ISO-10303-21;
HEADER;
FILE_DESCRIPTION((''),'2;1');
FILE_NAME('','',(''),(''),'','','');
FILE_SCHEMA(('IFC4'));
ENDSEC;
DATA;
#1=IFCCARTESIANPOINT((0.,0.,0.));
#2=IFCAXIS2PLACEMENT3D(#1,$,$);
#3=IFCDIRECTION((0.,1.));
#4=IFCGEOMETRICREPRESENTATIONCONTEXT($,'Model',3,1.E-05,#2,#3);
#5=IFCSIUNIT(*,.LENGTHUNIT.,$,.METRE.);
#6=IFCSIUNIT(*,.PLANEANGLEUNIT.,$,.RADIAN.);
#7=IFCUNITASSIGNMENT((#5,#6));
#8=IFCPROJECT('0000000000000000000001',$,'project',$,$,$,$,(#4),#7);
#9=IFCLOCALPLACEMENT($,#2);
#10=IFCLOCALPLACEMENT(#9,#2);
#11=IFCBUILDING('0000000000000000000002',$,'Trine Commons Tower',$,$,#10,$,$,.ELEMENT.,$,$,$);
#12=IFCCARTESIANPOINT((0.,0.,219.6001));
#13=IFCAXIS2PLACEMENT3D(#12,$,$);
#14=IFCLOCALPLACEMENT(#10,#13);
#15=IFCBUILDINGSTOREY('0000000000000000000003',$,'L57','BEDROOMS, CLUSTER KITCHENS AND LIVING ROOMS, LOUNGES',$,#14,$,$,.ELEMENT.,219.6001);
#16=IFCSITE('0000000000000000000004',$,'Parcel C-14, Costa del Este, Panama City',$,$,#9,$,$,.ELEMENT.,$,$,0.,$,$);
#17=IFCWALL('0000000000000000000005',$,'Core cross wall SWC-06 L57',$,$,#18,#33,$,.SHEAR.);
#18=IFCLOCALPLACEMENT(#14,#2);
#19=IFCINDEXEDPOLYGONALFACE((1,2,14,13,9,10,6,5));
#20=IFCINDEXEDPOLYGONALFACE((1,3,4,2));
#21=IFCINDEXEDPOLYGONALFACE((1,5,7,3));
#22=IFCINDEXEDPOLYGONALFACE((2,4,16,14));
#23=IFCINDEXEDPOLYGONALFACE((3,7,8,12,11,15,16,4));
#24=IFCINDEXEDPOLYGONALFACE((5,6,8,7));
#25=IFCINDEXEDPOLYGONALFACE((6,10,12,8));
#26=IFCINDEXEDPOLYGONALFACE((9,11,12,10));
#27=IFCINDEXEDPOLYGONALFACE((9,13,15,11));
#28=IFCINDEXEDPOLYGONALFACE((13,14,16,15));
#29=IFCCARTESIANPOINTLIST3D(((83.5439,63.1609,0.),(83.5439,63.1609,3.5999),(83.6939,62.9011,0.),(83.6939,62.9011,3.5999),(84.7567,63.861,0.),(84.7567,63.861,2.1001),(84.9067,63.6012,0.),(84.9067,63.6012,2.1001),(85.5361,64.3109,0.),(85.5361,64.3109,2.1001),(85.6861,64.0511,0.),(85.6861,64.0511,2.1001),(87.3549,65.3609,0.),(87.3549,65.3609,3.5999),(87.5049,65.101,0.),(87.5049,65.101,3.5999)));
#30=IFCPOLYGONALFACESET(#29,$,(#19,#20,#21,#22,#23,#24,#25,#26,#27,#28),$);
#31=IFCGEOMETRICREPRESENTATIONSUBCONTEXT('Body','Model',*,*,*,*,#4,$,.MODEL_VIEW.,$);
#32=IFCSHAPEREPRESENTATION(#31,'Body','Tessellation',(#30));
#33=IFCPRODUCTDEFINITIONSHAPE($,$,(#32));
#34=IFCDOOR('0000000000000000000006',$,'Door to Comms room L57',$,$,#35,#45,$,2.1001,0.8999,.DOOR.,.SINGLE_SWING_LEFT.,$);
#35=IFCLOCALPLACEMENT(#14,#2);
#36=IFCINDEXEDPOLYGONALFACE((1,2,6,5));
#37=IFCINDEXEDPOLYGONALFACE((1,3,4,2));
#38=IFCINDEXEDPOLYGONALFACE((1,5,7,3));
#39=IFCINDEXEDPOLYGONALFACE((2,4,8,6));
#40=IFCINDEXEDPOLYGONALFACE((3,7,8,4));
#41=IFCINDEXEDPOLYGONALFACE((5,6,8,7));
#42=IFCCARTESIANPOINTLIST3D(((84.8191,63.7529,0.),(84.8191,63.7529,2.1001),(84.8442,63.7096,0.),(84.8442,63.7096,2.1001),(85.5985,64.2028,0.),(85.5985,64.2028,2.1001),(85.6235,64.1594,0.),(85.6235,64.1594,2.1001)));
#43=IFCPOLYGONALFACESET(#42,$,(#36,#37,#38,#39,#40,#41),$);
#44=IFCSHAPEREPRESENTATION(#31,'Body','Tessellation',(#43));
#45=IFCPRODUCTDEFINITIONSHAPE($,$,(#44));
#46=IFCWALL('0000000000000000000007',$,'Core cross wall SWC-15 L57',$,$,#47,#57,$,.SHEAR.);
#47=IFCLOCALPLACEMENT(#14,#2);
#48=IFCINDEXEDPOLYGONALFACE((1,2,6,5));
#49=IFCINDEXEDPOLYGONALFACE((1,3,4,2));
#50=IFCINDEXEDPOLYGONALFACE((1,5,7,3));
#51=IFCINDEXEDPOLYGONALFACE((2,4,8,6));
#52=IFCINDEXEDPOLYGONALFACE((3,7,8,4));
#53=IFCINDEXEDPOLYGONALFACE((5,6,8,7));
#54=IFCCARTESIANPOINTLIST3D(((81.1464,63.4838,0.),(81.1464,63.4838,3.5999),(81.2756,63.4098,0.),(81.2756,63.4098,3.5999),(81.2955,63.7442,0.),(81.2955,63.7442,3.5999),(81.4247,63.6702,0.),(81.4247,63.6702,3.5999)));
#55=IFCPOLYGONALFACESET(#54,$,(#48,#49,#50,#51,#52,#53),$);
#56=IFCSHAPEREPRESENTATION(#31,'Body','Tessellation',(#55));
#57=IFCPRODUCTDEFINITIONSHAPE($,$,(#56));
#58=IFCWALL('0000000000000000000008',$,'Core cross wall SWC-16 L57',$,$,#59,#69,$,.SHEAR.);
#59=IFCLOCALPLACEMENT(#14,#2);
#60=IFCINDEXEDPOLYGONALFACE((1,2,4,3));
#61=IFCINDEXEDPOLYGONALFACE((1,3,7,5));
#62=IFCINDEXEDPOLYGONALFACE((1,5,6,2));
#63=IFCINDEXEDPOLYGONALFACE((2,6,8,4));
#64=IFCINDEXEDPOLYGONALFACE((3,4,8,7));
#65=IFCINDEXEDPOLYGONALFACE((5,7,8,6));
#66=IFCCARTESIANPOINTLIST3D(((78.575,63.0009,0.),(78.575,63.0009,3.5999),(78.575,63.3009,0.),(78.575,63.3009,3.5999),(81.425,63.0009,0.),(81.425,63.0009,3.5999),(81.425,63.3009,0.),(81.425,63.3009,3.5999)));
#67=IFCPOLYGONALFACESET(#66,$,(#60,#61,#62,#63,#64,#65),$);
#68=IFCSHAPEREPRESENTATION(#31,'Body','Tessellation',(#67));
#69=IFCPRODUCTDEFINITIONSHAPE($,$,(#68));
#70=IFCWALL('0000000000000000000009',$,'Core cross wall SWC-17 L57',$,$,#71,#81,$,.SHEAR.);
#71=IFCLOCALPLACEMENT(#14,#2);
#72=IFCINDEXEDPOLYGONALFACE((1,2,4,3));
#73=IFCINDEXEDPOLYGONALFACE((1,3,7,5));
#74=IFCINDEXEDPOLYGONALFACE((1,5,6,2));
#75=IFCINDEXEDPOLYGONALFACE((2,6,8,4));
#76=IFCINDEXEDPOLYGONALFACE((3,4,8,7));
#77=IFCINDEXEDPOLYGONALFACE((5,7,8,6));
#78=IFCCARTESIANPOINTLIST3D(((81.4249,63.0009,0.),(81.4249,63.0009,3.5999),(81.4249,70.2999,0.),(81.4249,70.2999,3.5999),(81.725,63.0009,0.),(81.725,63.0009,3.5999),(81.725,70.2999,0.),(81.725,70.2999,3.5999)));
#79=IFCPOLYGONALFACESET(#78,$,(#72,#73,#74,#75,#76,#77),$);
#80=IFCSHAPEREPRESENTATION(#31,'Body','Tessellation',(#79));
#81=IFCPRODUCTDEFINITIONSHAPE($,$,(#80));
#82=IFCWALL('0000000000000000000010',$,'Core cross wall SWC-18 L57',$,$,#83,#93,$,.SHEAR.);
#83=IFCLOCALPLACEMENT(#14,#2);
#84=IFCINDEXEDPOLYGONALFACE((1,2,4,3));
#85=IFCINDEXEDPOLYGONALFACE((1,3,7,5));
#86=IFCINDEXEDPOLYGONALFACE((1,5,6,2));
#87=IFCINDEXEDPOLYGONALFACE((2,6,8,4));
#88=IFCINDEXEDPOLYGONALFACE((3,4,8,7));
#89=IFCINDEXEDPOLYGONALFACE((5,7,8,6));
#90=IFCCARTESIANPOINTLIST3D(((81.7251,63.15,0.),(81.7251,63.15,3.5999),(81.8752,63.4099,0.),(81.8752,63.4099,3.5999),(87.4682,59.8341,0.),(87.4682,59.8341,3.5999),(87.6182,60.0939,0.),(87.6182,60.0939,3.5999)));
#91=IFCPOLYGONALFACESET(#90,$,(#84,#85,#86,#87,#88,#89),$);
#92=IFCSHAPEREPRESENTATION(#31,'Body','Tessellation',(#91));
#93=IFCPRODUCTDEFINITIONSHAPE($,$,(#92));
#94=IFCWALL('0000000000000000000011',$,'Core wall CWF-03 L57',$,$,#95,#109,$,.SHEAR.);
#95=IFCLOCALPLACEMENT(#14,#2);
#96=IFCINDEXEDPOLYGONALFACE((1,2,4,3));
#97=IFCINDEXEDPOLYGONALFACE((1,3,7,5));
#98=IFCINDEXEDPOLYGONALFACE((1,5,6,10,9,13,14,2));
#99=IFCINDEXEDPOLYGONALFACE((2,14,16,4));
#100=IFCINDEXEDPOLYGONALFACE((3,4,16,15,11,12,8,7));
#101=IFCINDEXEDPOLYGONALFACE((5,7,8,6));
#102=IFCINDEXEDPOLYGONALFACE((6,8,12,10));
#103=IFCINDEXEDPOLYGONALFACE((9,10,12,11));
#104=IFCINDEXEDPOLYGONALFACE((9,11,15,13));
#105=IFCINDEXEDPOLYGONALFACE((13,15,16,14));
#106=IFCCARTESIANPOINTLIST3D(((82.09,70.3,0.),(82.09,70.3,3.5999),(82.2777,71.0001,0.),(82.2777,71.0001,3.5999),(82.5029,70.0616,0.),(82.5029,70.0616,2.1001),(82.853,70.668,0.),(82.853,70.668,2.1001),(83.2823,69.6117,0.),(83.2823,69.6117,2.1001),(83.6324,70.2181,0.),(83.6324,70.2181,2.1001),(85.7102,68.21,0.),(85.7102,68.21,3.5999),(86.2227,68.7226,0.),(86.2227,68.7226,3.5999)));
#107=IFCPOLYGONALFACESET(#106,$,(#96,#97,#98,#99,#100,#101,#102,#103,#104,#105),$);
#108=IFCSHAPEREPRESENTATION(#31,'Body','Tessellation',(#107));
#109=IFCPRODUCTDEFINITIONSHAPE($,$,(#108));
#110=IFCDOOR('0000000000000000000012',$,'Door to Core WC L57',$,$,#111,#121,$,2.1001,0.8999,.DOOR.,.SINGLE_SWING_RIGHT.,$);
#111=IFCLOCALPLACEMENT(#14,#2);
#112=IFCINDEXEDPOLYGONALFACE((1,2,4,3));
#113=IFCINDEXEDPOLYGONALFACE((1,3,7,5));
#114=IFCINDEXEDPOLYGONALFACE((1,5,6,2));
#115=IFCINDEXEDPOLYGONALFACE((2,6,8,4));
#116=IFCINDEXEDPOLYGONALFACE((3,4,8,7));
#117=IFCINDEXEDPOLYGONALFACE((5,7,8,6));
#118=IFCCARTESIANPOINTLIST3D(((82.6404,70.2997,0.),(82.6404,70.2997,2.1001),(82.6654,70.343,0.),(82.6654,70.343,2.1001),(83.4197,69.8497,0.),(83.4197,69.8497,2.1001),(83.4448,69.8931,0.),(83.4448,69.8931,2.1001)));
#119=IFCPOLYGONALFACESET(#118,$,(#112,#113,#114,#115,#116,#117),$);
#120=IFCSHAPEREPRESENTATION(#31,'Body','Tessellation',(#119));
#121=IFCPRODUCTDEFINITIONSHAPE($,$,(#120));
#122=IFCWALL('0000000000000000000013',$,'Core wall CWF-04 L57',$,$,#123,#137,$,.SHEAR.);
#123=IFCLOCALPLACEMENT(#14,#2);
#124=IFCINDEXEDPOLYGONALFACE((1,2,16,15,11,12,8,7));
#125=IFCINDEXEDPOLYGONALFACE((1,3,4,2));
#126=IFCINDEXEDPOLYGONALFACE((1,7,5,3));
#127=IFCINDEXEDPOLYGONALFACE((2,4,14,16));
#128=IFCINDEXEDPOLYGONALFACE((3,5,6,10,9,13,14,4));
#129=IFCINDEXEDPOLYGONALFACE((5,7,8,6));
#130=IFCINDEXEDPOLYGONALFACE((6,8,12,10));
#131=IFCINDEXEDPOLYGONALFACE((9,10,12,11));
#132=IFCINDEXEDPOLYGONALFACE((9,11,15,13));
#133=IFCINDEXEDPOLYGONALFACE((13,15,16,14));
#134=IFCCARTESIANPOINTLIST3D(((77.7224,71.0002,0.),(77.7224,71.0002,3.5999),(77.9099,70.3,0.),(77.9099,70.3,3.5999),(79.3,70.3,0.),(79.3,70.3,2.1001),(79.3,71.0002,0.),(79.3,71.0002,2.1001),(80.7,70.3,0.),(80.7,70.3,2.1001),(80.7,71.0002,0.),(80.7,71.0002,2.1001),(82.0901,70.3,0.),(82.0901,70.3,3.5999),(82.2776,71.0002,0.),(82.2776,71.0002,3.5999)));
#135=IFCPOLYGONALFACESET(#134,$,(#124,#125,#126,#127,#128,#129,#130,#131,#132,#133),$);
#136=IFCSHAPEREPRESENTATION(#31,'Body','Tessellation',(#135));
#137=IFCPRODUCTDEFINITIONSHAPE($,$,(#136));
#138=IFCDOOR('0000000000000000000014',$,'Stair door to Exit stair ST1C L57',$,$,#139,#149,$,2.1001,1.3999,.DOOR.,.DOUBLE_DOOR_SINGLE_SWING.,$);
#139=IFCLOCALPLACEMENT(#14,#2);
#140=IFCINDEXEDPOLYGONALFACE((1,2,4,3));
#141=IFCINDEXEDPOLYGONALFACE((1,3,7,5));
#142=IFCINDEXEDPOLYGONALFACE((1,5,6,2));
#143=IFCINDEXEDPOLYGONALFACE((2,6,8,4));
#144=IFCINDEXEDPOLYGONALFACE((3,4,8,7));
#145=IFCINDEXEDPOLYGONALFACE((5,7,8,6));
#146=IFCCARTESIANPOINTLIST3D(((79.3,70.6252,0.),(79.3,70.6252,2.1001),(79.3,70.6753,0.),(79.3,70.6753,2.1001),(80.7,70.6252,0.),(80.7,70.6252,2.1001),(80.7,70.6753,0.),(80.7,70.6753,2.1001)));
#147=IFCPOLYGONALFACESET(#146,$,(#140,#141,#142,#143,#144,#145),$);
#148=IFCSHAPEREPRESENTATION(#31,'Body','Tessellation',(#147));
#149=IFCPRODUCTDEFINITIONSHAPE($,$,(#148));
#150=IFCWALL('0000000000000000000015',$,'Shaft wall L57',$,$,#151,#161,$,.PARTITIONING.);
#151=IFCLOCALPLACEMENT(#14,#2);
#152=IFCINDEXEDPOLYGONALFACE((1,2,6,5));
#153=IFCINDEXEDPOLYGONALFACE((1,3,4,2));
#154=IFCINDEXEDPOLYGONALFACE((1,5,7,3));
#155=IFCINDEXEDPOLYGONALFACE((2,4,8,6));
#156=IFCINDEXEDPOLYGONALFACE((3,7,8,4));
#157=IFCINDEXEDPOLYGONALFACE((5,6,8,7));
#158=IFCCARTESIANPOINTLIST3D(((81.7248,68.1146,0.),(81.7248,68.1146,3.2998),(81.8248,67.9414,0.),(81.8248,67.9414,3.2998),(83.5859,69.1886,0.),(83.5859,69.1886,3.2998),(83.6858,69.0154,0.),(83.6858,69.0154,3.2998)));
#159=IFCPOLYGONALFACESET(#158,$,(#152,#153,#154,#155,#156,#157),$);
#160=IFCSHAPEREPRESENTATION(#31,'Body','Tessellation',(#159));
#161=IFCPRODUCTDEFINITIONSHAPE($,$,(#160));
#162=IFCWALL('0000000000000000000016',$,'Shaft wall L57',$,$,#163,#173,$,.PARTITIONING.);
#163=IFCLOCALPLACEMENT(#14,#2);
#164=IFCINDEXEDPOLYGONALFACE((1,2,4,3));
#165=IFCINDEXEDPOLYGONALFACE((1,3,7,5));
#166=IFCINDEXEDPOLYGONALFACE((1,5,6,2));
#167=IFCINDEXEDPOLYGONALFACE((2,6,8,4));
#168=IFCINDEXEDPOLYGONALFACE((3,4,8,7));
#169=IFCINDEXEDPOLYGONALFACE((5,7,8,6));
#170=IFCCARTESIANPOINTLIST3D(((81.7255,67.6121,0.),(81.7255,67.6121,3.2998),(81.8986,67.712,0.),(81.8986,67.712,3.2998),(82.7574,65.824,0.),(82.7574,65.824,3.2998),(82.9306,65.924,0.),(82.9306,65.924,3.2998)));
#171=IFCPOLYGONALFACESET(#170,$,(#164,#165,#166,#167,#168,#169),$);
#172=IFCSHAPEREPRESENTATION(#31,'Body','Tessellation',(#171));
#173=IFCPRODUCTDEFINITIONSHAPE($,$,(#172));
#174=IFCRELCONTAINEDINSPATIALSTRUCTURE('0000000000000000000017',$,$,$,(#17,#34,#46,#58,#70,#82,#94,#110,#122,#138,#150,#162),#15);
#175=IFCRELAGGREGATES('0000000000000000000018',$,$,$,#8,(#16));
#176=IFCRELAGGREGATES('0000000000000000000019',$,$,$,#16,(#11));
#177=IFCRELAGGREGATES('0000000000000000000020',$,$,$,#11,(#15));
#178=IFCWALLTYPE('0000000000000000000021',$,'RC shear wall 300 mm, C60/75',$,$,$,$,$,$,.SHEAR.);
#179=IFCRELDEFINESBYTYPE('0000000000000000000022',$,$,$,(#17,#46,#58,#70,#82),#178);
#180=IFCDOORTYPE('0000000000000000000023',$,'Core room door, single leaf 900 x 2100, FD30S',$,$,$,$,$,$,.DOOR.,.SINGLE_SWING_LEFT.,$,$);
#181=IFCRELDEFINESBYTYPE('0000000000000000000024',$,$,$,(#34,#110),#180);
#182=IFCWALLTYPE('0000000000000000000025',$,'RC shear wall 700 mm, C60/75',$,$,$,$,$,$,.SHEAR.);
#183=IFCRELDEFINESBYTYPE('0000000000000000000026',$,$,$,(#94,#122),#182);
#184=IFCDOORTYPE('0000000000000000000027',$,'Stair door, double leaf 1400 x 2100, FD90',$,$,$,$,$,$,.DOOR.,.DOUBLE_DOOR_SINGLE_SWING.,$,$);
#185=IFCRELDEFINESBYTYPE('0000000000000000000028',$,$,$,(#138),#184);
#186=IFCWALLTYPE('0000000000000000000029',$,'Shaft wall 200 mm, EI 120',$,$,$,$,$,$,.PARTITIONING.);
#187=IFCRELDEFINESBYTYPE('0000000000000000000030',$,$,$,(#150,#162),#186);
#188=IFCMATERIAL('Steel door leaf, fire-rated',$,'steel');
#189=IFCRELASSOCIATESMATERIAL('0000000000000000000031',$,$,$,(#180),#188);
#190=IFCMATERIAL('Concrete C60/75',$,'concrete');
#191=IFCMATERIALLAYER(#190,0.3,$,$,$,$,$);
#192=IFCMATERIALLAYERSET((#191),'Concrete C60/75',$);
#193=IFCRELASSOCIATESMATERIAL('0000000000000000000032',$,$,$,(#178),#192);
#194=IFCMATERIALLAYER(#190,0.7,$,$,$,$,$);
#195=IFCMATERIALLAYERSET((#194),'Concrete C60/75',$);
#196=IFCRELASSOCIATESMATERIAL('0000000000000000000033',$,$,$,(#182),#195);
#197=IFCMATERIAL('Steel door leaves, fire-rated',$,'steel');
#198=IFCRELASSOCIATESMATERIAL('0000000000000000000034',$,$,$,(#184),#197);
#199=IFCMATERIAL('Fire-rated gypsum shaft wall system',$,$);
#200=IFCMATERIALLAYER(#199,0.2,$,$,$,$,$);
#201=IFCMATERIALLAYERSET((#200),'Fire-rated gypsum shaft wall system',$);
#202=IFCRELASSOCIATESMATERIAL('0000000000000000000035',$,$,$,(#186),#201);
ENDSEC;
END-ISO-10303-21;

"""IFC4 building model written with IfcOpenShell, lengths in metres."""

from ifc_helpers import new_model, si_unit, direction, frame, frame_2d, origin, place, context, subcontext, project, spatial, polyline, rectangle, outline, extrude, material, layer, layer_set, type_object, element, fill, save


model = new_model("IFC4")

# Units and contexts
model_context = context("Model", 3, precision=1e-05, world=origin(), true_north=direction((0.0, 1.0)))
body_context = subcontext(model_context, "Body", "Model", "MODEL_VIEW")
ifc_project = project(units=[si_unit("LENGTHUNIT", "METRE"), si_unit("PLANEANGLEUNIT", "RADIAN")], contexts=[model_context])

# Site, building, storey
site_placement = place(None, origin())
site = spatial("IfcSite", under=ifc_project, at=site_placement, Name="Parcel C-14, Costa del Este, Panama City", CompositionType="ELEMENT", RefElevation=0.0)
building_placement = place(site_placement, origin())
building = spatial("IfcBuilding", under=site, at=building_placement, Name="Trine Commons Tower", CompositionType="ELEMENT")
storey_placement = place(building_placement, frame((0.0, 0.0, 219.6001)))
storey = spatial("IfcBuildingStorey", under=building, at=storey_placement, Name="L57", Description="BEDROOMS, CLUSTER KITCHENS AND LIVING ROOMS, LOUNGES", CompositionType="ELEMENT", Elevation=219.6001)

# Wall, opening, door
ifc_material_1 = material(Name="Steel door leaf, fire-rated", Category="steel")
door_type_1 = type_object("IfcDoorType", Name="Core room door, single leaf 900 x 2100, FD30S", OperationType="SINGLE_SWING_LEFT", PredefinedType="DOOR", material=ifc_material_1)
ifc_material_2 = material(Name="Fire-rated gypsum shaft wall system")
ifc_material_3 = material(Name="Concrete C60/75", Category="concrete")
ifc_layer_1 = layer(ifc_material_3, 0.3)
ifc_layer_set_1 = layer_set([ifc_layer_1], Name="Concrete C60/75")
wall_type_1 = type_object("IfcWallType", Name="RC shear wall 300 mm, C60/75", PredefinedType="SHEAR", material=ifc_layer_set_1)
wall_1_placement = place(storey_placement, frame((83.6189, 63.031, 0.0), z_axis=(0.0, 0.0, 1.0), x_axis=(0.86606, 0.49994, 0.0)))
wall_1 = element("IfcWall", 1, at=wall_1_placement, inside=storey, type_object=wall_type_1, Name="Core cross wall SWC-06 L57", PredefinedType="SHEAR", context=body_context, shape_type="SweptSolid", body=[
    extrude(rectangle(XDim=4.4004, YDim=0.3, at=frame_2d((2.2002, 0.0))), origin(), (0.0, 0.0, 1.0), 3.5999),
])
opening_1_placement = place(wall_1_placement, frame((1.4004, 0.0, 0.0)))
opening_1 = element("IfcOpeningElement", 2, at=opening_1_placement, cuts=wall_1, PredefinedType="OPENING", context=body_context, shape_type="SweptSolid", body=[
    extrude(rectangle(XDim=0.8999, YDim=2.1001, at=frame_2d((0.45, 1.05))), frame((0.0, 0.1599, 0.0), z_axis=(0.0, -1.0, 0.0), x_axis=(1.0, 0.0, 0.0)), (0.0, 0.0, 1.0), 0.3201),
])
door_1_placement = place(opening_1_placement, frame((0.8999, 0.0, 0.0), z_axis=(0.0, 0.0, 1.0), x_axis=(-1.0, 0.0, 0.0)))
door_1 = element("IfcDoor", 3, at=door_1_placement, inside=storey, type_object=door_type_1, Name="Door to Comms room L57", OperationType="SINGLE_SWING_LEFT", OverallHeight=2.1001, OverallWidth=0.8999, PredefinedType="DOOR", context=body_context, shape_type="SweptSolid", body=[
    extrude(rectangle(XDim=0.8999, YDim=2.1001, at=frame_2d((0.45, 1.05))), frame((0.0, 0.0249, 0.0), z_axis=(0.0, -1.0, 0.0), x_axis=(1.0, 0.0, 0.0)), (0.0, 0.0, 1.0), 0.05),
])
fill(opening_1, door_1)

# Walls
wall_2_placement = place(storey_placement, frame((81.2209, 63.614, 0.0), z_axis=(0.0, 0.0, 1.0), x_axis=(0.867738, -0.497022, 0.0)))
element("IfcWall", 4, at=wall_2_placement, inside=storey, type_object=wall_type_1, Name="Core cross wall SWC-15 L57", PredefinedType="SHEAR", context=body_context, shape_type="SweptSolid", body=[
    extrude(rectangle(XDim=0.1489, YDim=0.3, at=frame_2d((0.0745, 0.0))), origin(), (0.0, 0.0, 1.0), 3.5999),
])
wall_3_placement = place(storey_placement, frame((81.425, 63.1509, 0.0), z_axis=(0.0, 0.0, 1.0), x_axis=(-1.0, 0.0, 0.0)))
element("IfcWall", 5, at=wall_3_placement, inside=storey, type_object=wall_type_1, Name="Core cross wall SWC-16 L57", PredefinedType="SHEAR", context=body_context, shape_type="SweptSolid", body=[
    extrude(rectangle(XDim=2.8501, YDim=0.3, at=frame_2d((1.425, 0.0))), origin(), (0.0, 0.0, 1.0), 3.5999),
])
wall_4_placement = place(storey_placement, frame((81.575, 63.001, 0.0), z_axis=(0.0, 0.0, 1.0), x_axis=(0.0, 1.0, 0.0)))
element("IfcWall", 6, at=wall_4_placement, inside=storey, type_object=wall_type_1, Name="Core cross wall SWC-17 L57", PredefinedType="SHEAR", context=body_context, shape_type="SweptSolid", body=[
    extrude(rectangle(XDim=7.2991, YDim=0.3, at=frame_2d((3.6494, 0.0))), origin(), (0.0, 0.0, 1.0), 3.5999),
])
wall_5_placement = place(storey_placement, frame((81.8, 63.28, 0.0), z_axis=(0.0, 0.0, 1.0), x_axis=(0.86601, -0.500027, 0.0)))
element("IfcWall", 7, at=wall_5_placement, inside=storey, type_object=wall_type_1, Name="Core cross wall SWC-18 L57", PredefinedType="SHEAR", context=body_context, shape_type="SweptSolid", body=[
    extrude(rectangle(XDim=6.6316, YDim=0.3, at=frame_2d((3.3159, 0.0))), origin(), (0.0, 0.0, 1.0), 3.5999),
])

# Walls, openings, doors
ifc_layer_2 = layer(ifc_material_3, 0.7)
ifc_layer_set_2 = layer_set([ifc_layer_2], Name="Concrete C60/75")
wall_type_2 = type_object("IfcWallType", Name="RC shear wall 700 mm, C60/75", PredefinedType="SHEAR", material=ifc_layer_set_2)
wall_6_placement = place(storey_placement, frame((86.0476, 68.4194, 0.0), z_axis=(0.0, 0.0, 1.0), x_axis=(-0.866035, 0.499984, 0.0)))
wall_6 = element("IfcWall", 8, at=wall_6_placement, inside=storey, type_object=wall_type_2, Name="Core wall CWF-03 L57", PredefinedType="SHEAR", context=body_context, shape_type="SweptSolid", body=[
    extrude(outline(polyline([(0.0, -0.3501), (4.5552, -0.3501), (4.3677, 0.3501), (0.1875, 0.3501), (0.0, -0.3501)])), origin(), (0.0, 0.0, 1.0), 3.5999),
])
opening_2_placement = place(wall_6_placement, frame((2.991, 0.0, 0.0)))
opening_2 = element("IfcOpeningElement", 9, at=opening_2_placement, cuts=wall_6, PredefinedType="OPENING", context=body_context, shape_type="SweptSolid", body=[
    extrude(rectangle(XDim=0.8999, YDim=2.1001, at=frame_2d((0.45, 1.05))), frame((0.0, 0.3599, 0.0), z_axis=(0.0, -1.0, 0.0), x_axis=(1.0, 0.0, 0.0)), (0.0, 0.0, 1.0), 0.72),
])
door_2_placement = place(opening_2_placement, origin())
door_2 = element("IfcDoor", 10, at=door_2_placement, inside=storey, type_object=door_type_1, Name="Door to Core WC L57", OperationType="SINGLE_SWING_RIGHT", OverallHeight=2.1001, OverallWidth=0.8999, PredefinedType="DOOR", context=body_context, shape_type="SweptSolid", body=[
    extrude(rectangle(XDim=0.8999, YDim=2.1001, at=frame_2d((0.45, 1.05))), frame((0.0, 0.0752, 0.0), z_axis=(0.0, -1.0, 0.0), x_axis=(1.0, 0.0, 0.0)), (0.0, 0.0, 1.0), 0.05),
])
fill(opening_2, door_2)
wall_7_placement = place(storey_placement, frame((82.2776, 70.6501, 0.0), z_axis=(0.0, 0.0, 1.0), x_axis=(-1.0, 0.0, 0.0)))
wall_7 = element("IfcWall", 11, at=wall_7_placement, inside=storey, type_object=wall_type_2, Name="Core wall CWF-04 L57", PredefinedType="SHEAR", context=body_context, shape_type="SweptSolid", body=[
    extrude(outline(polyline([(0.0, -0.3501), (4.5552, -0.3501), (4.3677, 0.3501), (0.1875, 0.3501), (0.0, -0.3501)])), origin(), (0.0, 0.0, 1.0), 3.5999),
])
opening_3_placement = place(wall_7_placement, frame((1.5776, 0.0, 0.0)))
opening_3 = element("IfcOpeningElement", 12, at=opening_3_placement, cuts=wall_7, PredefinedType="OPENING", context=body_context, shape_type="SweptSolid", body=[
    extrude(rectangle(XDim=1.3999, YDim=2.1001, at=frame_2d((0.7, 1.05))), frame((0.0, 0.3599, 0.0), z_axis=(0.0, -1.0, 0.0), x_axis=(1.0, 0.0, 0.0)), (0.0, 0.0, 1.0), 0.72),
])
ifc_material_4 = material(Name="Steel door leaves, fire-rated", Category="steel")
door_type_2 = type_object("IfcDoorType", Name="Stair door, double leaf 1400 x 2100, FD90", OperationType="DOUBLE_DOOR_SINGLE_SWING", PredefinedType="DOOR", material=ifc_material_4)
door_3_placement = place(opening_3_placement, origin())
door_3 = element("IfcDoor", 13, at=door_3_placement, inside=storey, type_object=door_type_2, Name="Stair door to Exit stair ST1C L57", OperationType="DOUBLE_DOOR_SINGLE_SWING", OverallHeight=2.1001, OverallWidth=1.3999, PredefinedType="DOOR", context=body_context, shape_type="SweptSolid", body=[
    extrude(rectangle(XDim=1.3999, YDim=2.1001, at=frame_2d((0.7, 1.05))), frame((0.0, 0.0249, 0.0), z_axis=(0.0, -1.0, 0.0), x_axis=(1.0, 0.0, 0.0)), (0.0, 0.0, 1.0), 0.05),
])
fill(opening_3, door_3)

# Walls
ifc_layer_3 = layer(ifc_material_2, 0.2)
ifc_layer_set_3 = layer_set([ifc_layer_3], Name="Fire-rated gypsum shaft wall system")
wall_type_3 = type_object("IfcWallType", Name="Shaft wall 200 mm, EI 120", PredefinedType="PARTITIONING", material=ifc_layer_set_3)
wall_8_placement = place(storey_placement, frame((81.7749, 68.0281, 0.0), z_axis=(0.0, 0.0, 1.0), x_axis=(0.866131, 0.499818, 0.0)))
element("IfcWall", 14, at=wall_8_placement, inside=storey, type_object=wall_type_3, Name="Shaft wall L57", PredefinedType="PARTITIONING", context=body_context, shape_type="SweptSolid", body=[
    extrude(rectangle(XDim=2.1487, YDim=0.2, at=frame_2d((1.0742, 0.0))), origin(), (0.0, 0.0, 1.0), 3.2998),
])
wall_9_placement = place(storey_placement, frame((82.844, 65.874, 0.0), z_axis=(0.0, 0.0, 1.0), x_axis=(-0.499866, 0.866103, 0.0)))
element("IfcWall", 15, at=wall_9_placement, inside=storey, type_object=wall_type_3, Name="Shaft wall L57", PredefinedType="PARTITIONING", context=body_context, shape_type="SweptSolid", body=[
    extrude(rectangle(XDim=2.0645, YDim=0.2, at=frame_2d((1.0322, 0.0))), origin(), (0.0, 0.0, 1.0), 3.2998),
])

save(model, "model.ifc")
